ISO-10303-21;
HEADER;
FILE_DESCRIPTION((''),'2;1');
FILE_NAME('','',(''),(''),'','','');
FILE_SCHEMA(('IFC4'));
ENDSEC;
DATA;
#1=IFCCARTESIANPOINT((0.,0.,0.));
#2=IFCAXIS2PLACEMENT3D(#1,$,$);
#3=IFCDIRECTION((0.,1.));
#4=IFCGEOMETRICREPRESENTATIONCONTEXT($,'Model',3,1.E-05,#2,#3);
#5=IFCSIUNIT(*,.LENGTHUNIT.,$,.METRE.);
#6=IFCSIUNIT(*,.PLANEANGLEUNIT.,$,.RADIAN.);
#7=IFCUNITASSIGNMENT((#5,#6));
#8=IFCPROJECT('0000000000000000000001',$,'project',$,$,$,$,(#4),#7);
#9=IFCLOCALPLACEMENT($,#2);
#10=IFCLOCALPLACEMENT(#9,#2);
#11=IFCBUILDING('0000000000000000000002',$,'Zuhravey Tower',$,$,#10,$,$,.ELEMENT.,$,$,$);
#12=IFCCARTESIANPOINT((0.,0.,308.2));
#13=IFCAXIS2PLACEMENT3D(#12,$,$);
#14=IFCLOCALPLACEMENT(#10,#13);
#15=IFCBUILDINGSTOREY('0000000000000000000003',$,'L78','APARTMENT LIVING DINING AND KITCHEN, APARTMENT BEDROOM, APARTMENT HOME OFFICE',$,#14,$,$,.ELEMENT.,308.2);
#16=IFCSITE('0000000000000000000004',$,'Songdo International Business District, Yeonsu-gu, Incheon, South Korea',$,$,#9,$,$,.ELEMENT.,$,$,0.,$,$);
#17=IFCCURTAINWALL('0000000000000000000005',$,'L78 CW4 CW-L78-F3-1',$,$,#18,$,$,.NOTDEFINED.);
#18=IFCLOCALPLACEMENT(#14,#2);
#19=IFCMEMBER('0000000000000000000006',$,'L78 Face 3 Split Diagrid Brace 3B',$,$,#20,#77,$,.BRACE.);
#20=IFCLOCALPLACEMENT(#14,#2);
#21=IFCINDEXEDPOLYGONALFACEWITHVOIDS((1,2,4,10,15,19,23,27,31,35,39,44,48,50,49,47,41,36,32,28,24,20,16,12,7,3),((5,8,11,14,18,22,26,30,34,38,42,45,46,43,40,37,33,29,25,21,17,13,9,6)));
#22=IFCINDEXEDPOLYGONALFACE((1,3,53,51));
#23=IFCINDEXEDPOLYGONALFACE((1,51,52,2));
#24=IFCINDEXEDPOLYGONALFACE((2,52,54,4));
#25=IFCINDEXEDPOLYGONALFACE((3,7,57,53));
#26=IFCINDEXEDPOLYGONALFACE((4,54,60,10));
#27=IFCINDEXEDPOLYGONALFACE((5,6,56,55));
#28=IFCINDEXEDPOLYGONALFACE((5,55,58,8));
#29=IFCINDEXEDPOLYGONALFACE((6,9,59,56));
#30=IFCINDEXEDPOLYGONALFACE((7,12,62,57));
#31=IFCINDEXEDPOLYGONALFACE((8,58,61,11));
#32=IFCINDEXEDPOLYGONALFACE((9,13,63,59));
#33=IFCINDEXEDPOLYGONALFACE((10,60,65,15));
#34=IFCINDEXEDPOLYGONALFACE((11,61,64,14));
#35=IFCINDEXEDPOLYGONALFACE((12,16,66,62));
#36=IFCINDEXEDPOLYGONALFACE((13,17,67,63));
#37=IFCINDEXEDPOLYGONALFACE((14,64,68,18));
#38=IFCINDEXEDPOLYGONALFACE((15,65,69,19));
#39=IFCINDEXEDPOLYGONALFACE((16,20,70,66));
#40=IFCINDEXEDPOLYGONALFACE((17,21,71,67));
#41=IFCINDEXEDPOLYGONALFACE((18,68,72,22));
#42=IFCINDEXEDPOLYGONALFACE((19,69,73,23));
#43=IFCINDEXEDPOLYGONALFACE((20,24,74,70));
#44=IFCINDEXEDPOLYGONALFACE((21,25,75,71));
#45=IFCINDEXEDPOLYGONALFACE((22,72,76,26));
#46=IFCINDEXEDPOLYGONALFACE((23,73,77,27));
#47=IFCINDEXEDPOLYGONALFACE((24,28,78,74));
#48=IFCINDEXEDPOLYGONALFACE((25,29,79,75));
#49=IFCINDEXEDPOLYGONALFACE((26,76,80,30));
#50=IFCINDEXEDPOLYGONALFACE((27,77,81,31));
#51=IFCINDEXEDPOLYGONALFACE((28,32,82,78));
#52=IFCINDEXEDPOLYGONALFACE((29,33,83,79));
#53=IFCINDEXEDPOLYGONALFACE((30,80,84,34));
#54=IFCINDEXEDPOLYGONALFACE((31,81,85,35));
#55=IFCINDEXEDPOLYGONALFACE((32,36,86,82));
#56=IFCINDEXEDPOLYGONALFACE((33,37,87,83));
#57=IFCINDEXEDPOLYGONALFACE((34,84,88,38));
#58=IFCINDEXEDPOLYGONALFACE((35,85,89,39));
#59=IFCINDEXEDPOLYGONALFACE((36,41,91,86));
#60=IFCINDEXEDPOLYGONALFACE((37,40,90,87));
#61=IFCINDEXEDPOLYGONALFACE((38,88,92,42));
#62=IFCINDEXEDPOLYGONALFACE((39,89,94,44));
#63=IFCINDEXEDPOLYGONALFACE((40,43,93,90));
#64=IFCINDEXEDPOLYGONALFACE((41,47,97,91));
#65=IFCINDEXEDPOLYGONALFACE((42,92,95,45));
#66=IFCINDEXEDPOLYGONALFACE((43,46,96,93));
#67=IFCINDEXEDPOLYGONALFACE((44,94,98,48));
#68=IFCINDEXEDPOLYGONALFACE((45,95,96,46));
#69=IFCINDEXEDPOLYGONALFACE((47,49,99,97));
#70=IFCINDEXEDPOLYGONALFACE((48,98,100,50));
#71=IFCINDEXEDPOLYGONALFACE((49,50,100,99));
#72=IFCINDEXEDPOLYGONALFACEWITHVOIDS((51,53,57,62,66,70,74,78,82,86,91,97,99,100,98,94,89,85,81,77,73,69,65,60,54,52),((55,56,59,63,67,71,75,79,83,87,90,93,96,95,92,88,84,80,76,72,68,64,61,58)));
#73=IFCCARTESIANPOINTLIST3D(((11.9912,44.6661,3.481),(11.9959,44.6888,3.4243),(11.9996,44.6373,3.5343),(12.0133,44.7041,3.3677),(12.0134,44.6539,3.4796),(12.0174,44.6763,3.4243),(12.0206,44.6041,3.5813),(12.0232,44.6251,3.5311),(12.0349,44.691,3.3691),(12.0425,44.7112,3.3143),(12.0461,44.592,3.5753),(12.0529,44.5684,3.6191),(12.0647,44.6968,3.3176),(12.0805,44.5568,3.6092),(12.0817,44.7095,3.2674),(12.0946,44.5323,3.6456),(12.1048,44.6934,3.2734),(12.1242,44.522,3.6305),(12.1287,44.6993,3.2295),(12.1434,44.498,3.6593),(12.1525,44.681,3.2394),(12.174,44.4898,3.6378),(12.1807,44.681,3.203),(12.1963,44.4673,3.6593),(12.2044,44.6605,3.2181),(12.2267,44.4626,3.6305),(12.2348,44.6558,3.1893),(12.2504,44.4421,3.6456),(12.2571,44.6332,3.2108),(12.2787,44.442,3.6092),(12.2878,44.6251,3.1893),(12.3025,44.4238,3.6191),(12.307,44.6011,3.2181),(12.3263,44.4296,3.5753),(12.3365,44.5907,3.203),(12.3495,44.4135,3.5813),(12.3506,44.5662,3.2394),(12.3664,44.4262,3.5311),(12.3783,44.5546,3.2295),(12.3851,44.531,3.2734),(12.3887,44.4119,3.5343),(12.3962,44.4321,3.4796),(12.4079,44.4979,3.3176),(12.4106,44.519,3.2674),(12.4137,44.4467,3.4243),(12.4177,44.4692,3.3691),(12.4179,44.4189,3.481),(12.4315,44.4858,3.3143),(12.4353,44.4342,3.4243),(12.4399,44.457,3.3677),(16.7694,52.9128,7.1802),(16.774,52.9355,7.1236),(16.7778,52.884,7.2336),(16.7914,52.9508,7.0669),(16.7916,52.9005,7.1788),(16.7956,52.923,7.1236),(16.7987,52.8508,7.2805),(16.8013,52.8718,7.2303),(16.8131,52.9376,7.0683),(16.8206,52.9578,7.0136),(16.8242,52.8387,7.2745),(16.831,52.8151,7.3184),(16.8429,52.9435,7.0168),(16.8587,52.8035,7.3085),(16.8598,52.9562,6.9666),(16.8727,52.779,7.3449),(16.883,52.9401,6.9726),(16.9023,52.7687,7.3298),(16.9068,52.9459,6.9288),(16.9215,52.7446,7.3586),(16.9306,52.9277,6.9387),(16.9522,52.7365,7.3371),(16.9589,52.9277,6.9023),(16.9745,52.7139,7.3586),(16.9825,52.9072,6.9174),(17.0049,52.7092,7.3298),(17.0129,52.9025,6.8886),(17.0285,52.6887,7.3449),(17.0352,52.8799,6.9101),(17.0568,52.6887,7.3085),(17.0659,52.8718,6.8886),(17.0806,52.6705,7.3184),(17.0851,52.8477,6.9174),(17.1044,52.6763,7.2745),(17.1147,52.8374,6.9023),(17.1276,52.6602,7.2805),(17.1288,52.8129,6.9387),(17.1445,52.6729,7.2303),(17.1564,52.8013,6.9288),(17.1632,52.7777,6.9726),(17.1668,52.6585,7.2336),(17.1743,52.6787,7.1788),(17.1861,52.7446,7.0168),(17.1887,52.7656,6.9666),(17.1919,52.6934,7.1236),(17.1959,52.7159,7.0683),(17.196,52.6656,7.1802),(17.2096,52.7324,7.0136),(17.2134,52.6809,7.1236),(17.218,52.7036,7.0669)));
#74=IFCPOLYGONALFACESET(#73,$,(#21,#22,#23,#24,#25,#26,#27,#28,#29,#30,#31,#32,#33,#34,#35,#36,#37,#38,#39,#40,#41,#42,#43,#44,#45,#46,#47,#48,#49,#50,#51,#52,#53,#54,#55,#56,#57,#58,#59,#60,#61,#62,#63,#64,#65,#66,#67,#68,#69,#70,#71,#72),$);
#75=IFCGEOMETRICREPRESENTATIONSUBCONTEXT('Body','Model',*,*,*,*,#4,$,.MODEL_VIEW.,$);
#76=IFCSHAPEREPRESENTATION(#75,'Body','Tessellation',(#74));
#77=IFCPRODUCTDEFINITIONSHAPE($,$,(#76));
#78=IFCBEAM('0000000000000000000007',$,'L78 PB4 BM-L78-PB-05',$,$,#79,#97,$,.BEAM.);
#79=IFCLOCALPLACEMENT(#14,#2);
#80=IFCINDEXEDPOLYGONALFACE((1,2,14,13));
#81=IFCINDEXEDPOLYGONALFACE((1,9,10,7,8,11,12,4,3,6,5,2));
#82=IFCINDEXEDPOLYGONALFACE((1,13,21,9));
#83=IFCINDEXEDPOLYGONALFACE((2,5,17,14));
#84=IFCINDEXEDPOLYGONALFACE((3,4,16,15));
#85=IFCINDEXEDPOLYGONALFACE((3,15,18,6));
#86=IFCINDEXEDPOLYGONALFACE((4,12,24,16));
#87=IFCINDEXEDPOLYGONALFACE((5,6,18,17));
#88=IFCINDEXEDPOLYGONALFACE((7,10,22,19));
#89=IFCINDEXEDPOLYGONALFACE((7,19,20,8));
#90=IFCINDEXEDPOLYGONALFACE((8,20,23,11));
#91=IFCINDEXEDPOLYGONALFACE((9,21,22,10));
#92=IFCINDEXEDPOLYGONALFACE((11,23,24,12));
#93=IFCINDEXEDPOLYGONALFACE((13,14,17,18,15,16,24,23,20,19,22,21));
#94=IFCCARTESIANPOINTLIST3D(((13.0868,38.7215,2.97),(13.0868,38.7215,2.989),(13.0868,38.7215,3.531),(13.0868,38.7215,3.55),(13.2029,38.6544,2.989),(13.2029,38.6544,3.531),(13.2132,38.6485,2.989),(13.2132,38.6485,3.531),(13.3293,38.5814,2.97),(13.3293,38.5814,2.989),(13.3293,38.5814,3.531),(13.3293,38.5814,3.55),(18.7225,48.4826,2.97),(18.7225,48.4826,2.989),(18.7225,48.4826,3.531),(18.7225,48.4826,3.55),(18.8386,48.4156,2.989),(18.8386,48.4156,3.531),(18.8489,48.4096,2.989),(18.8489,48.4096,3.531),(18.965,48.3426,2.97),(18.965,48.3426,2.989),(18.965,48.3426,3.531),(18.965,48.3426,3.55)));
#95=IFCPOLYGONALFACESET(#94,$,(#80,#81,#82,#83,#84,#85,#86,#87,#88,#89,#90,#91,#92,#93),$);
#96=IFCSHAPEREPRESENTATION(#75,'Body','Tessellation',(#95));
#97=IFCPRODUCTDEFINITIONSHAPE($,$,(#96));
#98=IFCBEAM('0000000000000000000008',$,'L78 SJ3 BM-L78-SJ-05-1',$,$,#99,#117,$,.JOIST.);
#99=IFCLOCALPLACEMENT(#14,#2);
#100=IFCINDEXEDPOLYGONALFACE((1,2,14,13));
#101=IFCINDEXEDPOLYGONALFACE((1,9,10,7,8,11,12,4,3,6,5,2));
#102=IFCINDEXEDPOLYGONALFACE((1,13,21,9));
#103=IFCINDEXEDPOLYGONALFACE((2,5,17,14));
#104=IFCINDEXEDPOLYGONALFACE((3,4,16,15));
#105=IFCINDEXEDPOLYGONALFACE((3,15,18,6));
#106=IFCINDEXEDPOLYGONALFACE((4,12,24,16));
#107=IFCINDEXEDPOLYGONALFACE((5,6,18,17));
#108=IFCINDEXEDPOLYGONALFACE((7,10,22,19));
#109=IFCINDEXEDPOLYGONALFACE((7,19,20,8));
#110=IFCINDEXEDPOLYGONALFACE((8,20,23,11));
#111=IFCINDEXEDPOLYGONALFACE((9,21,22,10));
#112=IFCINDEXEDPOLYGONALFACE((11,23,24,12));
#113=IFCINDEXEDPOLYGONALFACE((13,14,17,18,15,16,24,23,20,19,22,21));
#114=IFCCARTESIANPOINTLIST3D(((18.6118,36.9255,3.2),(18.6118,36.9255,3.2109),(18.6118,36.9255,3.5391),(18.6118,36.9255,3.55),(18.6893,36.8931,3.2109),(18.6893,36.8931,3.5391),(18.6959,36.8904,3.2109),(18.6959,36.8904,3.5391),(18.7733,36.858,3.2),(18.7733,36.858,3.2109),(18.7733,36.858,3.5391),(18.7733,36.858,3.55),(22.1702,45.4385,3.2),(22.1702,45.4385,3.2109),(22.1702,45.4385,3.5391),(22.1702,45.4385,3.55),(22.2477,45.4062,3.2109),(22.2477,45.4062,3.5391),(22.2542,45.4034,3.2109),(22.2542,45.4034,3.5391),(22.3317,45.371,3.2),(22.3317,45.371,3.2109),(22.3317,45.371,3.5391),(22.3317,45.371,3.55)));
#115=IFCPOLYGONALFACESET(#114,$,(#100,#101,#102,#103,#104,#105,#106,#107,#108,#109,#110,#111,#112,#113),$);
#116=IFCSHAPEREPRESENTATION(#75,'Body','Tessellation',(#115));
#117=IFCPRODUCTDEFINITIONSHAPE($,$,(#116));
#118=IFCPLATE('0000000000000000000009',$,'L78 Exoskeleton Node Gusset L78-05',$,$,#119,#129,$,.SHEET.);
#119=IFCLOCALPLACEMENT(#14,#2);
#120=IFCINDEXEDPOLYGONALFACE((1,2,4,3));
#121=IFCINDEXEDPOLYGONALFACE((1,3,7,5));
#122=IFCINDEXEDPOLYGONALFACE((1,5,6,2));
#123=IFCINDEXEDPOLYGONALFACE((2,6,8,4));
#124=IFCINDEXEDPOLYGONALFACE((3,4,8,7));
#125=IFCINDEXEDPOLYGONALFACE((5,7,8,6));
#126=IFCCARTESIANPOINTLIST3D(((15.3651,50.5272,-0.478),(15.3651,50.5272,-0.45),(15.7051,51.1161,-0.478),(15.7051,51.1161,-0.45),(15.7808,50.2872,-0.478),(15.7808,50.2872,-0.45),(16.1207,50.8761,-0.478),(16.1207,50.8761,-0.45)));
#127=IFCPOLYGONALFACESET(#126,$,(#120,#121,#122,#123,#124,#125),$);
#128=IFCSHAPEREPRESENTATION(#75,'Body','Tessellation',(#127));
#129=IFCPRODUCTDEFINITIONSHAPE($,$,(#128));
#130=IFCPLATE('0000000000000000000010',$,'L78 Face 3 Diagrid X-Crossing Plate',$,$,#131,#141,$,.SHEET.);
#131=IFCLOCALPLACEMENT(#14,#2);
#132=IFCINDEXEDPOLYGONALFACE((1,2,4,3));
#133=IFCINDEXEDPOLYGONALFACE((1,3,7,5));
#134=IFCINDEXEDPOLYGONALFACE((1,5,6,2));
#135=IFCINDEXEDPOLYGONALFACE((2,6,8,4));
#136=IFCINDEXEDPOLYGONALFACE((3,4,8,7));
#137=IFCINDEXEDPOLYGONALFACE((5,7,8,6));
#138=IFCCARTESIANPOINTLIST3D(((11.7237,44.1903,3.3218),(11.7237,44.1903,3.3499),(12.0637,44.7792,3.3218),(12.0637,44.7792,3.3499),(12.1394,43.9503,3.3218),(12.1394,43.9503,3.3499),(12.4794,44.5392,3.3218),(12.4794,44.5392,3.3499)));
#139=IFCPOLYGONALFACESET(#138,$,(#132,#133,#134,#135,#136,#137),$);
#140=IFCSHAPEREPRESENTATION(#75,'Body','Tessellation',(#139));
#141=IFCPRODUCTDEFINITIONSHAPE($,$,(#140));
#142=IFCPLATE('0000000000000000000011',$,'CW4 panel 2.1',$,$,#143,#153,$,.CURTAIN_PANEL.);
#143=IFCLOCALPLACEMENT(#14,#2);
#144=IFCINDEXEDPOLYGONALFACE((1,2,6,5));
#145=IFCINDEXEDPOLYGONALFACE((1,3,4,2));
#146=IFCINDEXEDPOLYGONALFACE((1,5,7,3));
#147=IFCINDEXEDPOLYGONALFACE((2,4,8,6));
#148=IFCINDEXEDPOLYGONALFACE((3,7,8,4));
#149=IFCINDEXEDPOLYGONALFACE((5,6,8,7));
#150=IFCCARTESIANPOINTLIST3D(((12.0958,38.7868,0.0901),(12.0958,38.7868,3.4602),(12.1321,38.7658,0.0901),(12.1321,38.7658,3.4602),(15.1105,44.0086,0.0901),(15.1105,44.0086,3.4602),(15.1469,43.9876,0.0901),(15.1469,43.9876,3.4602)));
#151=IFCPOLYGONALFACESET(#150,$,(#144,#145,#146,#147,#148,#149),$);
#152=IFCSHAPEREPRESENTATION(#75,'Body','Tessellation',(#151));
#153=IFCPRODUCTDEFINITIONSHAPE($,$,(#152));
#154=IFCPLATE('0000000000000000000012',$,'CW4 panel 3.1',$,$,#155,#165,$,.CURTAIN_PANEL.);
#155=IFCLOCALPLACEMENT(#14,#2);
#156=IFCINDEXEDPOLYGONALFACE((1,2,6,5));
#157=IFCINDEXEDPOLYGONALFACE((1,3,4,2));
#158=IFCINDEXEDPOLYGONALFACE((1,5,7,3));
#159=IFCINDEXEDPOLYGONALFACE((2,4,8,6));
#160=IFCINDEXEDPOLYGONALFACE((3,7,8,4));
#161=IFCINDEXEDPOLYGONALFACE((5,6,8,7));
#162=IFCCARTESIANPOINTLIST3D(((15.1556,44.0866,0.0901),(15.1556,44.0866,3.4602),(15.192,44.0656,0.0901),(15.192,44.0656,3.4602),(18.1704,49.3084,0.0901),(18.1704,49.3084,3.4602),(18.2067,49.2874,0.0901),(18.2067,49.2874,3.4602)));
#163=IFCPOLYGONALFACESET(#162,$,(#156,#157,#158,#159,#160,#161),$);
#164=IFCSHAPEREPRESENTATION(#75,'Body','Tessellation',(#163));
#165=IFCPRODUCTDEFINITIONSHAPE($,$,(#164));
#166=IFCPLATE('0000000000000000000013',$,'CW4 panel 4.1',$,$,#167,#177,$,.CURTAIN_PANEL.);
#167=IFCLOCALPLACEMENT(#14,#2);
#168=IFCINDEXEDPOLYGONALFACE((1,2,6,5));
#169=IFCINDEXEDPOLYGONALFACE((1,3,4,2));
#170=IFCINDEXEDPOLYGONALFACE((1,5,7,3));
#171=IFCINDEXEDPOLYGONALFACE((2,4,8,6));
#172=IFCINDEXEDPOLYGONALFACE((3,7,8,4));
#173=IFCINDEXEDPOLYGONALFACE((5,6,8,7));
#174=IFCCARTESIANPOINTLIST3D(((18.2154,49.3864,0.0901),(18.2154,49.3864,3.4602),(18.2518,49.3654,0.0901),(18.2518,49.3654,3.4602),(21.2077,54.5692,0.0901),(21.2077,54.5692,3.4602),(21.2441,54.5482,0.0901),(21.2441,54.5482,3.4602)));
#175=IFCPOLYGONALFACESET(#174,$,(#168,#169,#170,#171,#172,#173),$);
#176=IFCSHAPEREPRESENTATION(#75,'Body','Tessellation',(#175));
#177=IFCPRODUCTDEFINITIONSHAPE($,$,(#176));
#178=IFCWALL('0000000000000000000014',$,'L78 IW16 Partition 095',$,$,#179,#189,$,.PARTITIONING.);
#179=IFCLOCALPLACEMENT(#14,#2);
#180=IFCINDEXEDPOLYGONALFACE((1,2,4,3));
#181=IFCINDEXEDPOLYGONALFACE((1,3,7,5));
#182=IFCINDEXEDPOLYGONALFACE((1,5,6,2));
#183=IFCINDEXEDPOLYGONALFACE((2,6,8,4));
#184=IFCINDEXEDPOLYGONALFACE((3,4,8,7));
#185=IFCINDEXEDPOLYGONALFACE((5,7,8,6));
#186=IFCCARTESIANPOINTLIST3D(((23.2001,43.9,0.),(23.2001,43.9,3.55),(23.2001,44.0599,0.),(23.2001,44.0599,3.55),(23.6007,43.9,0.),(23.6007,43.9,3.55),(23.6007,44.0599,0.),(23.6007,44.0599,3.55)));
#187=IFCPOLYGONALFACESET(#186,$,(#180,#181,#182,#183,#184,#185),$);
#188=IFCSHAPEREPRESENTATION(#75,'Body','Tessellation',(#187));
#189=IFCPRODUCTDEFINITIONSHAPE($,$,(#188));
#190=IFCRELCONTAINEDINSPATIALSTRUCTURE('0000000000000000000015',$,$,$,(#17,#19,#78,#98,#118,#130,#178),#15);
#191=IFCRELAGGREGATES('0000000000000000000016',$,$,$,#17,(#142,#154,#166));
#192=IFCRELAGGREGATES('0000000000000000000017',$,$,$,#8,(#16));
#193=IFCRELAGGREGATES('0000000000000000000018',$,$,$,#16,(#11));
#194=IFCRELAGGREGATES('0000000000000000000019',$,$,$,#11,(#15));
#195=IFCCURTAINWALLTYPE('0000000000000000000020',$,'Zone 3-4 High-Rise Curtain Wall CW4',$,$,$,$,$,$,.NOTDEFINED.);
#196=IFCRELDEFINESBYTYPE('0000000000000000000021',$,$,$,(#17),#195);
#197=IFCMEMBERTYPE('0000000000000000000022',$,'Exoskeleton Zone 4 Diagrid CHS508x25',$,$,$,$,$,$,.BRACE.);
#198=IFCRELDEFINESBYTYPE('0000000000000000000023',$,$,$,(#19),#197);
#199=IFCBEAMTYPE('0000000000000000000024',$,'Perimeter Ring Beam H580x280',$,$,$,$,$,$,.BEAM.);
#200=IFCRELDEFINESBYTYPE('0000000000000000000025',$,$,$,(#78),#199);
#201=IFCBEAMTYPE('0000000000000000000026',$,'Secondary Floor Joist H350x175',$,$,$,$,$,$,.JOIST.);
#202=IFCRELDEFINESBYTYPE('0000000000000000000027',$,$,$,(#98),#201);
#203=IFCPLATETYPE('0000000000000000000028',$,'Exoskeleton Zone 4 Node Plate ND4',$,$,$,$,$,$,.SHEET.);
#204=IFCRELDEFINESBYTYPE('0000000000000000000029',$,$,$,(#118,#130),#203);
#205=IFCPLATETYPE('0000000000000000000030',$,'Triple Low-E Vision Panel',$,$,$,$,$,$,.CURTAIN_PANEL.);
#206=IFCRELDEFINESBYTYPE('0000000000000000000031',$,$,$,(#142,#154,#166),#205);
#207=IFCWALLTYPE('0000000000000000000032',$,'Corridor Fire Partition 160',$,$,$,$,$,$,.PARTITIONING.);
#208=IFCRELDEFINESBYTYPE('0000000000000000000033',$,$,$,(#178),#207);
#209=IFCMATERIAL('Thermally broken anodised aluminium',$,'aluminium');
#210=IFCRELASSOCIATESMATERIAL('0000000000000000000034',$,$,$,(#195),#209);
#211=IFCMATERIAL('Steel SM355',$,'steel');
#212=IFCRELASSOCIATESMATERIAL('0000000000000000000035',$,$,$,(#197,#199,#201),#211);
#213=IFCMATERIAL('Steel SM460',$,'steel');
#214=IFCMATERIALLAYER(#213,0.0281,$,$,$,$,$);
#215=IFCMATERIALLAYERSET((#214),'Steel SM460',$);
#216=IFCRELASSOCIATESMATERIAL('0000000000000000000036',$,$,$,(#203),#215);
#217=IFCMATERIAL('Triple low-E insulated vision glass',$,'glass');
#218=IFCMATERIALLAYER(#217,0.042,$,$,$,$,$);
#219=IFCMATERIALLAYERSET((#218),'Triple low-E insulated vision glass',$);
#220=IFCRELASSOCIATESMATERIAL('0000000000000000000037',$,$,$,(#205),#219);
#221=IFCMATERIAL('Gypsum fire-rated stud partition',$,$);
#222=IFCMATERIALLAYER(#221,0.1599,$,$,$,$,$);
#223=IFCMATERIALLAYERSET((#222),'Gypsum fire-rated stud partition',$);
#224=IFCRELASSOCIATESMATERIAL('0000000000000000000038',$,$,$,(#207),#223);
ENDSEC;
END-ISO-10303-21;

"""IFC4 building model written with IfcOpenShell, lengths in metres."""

from ifc_helpers import new_model, si_unit, direction, frame, frame_2d, origin, origin_2d, place, context, subcontext, project, spatial, rectangle, hollow_circle, i_section, extrude, material, layer, layer_set, material_profile, profile_set, type_object, element, aggregate, save


model = new_model("IFC4")

# Units and contexts
model_context = context("Model", 3, precision=1e-05, world=origin(), true_north=direction((0.0, 1.0)))
body_context = subcontext(model_context, "Body", "Model", "MODEL_VIEW")
ifc_project = project(units=[si_unit("LENGTHUNIT", "METRE"), si_unit("PLANEANGLEUNIT", "RADIAN")], contexts=[model_context])

# Site, building, storey
site_placement = place(None, origin())
site = spatial("IfcSite", under=ifc_project, at=site_placement, Name="Songdo International Business District, Yeonsu-gu, Incheon, South Korea", CompositionType="ELEMENT", RefElevation=0.0)
building_placement = place(site_placement, origin())
building = spatial("IfcBuilding", under=site, at=building_placement, Name="Zuhravey Tower", CompositionType="ELEMENT")
storey_placement = place(building_placement, frame((0.0, 0.0, 308.2)))
storey = spatial("IfcBuildingStorey", under=building, at=storey_placement, Name="L78", Description="APARTMENT LIVING DINING AND KITCHEN, APARTMENT BEDROOM, APARTMENT HOME OFFICE", CompositionType="ELEMENT", Elevation=308.2)

# Curtain wall
ifc_material_1 = material(Name="Thermally broken anodised aluminium", Category="aluminium")
curtain_wall_type = type_object("IfcCurtainWallType", Name="Zone 3-4 High-Rise Curtain Wall CW4", PredefinedType="NOTDEFINED", material=ifc_material_1)
curtain_wall_placement = place(storey_placement, origin())
curtain_wall = element("IfcCurtainWall", 1, at=curtain_wall_placement, inside=storey, type_object=curtain_wall_type, Name="L78 CW4 CW-L78-F3-1", PredefinedType="NOTDEFINED")

# Member
ifc_material_2 = material(Name="Steel SM355", Category="steel")
ifc_material_profile_1 = material_profile(ifc_material_2, hollow_circle(Radius=0.2539, WallThickness=0.0249, at=origin_2d()), Name="CHS-508.0x25")
ifc_profile_set_1 = profile_set([ifc_material_profile_1], Name="Steel SM355")
member_type_1 = type_object("IfcMemberType", Name="Exoskeleton Zone 4 Diagrid CHS508x25", PredefinedType="BRACE", material=ifc_profile_set_1)
member_1_placement = place(storey_placement, frame((12.2156, 44.5615, 3.4243), z_axis=(0.467361, 0.806629, 0.361834), x_axis=(-0.865256, 0.50133, 0.0)))
element("IfcMember", 2, at=member_1_placement, inside=storey, type_object=member_type_1, Name="L78 Face 3 Split Diagrid Brace 3B", PredefinedType="BRACE", context=body_context, shape_type="SweptSolid", body=[
    extrude(hollow_circle(Radius=0.2539, WallThickness=0.0249, at=origin_2d()), origin(), (0.0, 0.0, 1.0), 10.2236),
])

# Beams
ifc_material_profile_2 = material_profile(ifc_material_2, i_section(OverallWidth=0.28, OverallDepth=0.5801, WebThickness=0.012, FlangeThickness=0.019, at=origin_2d()), Name="H-580x280x12x19")
ifc_profile_set_2 = profile_set([ifc_material_profile_2], Name="Steel SM355")
beam_type_1 = type_object("IfcBeamType", Name="Perimeter Ring Beam H580x280", PredefinedType="BEAM", material=ifc_profile_set_2)
beam_1_placement = place(storey_placement, frame((18.8438, 48.4126, 3.26), z_axis=(-0.500006, -0.866022, 0.0), x_axis=(0.866022, -0.500006, 0.0)))
element("IfcBeam", 3, at=beam_1_placement, inside=storey, type_object=beam_type_1, Name="L78 PB4 BM-L78-PB-05", PredefinedType="BEAM", context=body_context, shape_type="SweptSolid", body=[
    extrude(i_section(OverallWidth=0.28, OverallDepth=0.5801, WebThickness=0.012, FlangeThickness=0.019, at=origin_2d()), origin(), (0.0, 0.0, 1.0), 11.2712),
])
ifc_material_profile_3 = material_profile(ifc_material_2, i_section(OverallWidth=0.175, OverallDepth=0.3501, WebThickness=0.0071, FlangeThickness=0.011, at=origin_2d()), Name="H-350x175x7x11")
ifc_profile_set_3 = profile_set([ifc_material_profile_3], Name="Steel SM355")
beam_type_2 = type_object("IfcBeamType", Name="Secondary Floor Joist H350x175", PredefinedType="JOIST", material=ifc_profile_set_3)
beam_2_placement = place(storey_placement, frame((22.251, 45.4048, 3.375), z_axis=(-0.385658, -0.922642, 0.0), x_axis=(0.922642, -0.385658, 0.0)))
element("IfcBeam", 4, at=beam_2_placement, inside=storey, type_object=beam_type_2, Name="L78 SJ3 BM-L78-SJ-05-1", PredefinedType="JOIST", context=body_context, shape_type="SweptSolid", body=[
    extrude(i_section(OverallWidth=0.175, OverallDepth=0.3501, WebThickness=0.0071, FlangeThickness=0.011, at=origin_2d()), origin(), (0.0, 0.0, 1.0), 9.2268),
])

# Plates
ifc_material_3 = material(Name="Steel SM460", Category="steel")
ifc_layer_1 = layer(ifc_material_3, 0.0281)
ifc_layer_set_1 = layer_set([ifc_layer_1], Name="Steel SM460")
plate_type_1 = type_object("IfcPlateType", Name="Exoskeleton Zone 4 Node Plate ND4", PredefinedType="SHEET", material=ifc_layer_set_1)
for number, where, z_axis, x_axis, name in (
    (5, (15.7429, 50.7017, -0.478), (0.0, 0.0, 1.0), (-0.5, -0.866025, 0.0), "L78 Exoskeleton Node Gusset L78-05"),
    (6, (12.1016, 44.3647, 3.3218), (0.0, 0.0, 1.0), (-0.5, -0.866025, 0.0), "L78 Face 3 Diagrid X-Crossing Plate"),
):
    element("IfcPlate", number, at=place(storey_placement, frame(where, z_axis=z_axis, x_axis=x_axis)), inside=storey, type_object=plate_type_1, Name=name, PredefinedType="SHEET", context=body_context, shape_type="SweptSolid", body=[
        extrude(rectangle(XDim=0.6799, YDim=0.48, at=origin_2d()), origin(), (0.0, 0.0, 1.0), 0.0281),
    ])

# Plates
ifc_material_4 = material(Name="Triple low-E insulated vision glass", Category="glass")
ifc_layer_2 = layer(ifc_material_4, 0.042)
ifc_layer_set_2 = layer_set([ifc_layer_2], Name="Triple low-E insulated vision glass")
plate_type_2 = type_object("IfcPlateType", Name="Triple Low-E Vision Panel", PredefinedType="CURTAIN_PANEL", material=ifc_layer_set_2)
plate_1_placement = place(storey_placement, frame((13.6213, 41.3872, 0.0901), z_axis=(0.0, 0.0, 1.0), x_axis=(0.5, 0.866026, 0.0)))
plate_1 = element("IfcPlate", 7, at=plate_1_placement, type_object=plate_type_2, Name="CW4 panel 2.1", PredefinedType="CURTAIN_PANEL", context=body_context, shape_type="SweptSolid", body=[
    extrude(rectangle(XDim=6.0295, YDim=0.042, at=origin_2d()), origin(), (0.0, 0.0, 1.0), 3.3701),
])
plate_2_placement = place(storey_placement, frame((16.6812, 46.687, 0.0901), z_axis=(0.0, 0.0, 1.0), x_axis=(0.5, 0.866026, 0.0)))
plate_2 = element("IfcPlate", 8, at=plate_2_placement, type_object=plate_type_2, Name="CW4 panel 3.1", PredefinedType="CURTAIN_PANEL", context=body_context, shape_type="SweptSolid", body=[
    extrude(rectangle(XDim=6.0295, YDim=0.042, at=origin_2d()), origin(), (0.0, 0.0, 1.0), 3.3701),
])
plate_3_placement = place(storey_placement, frame((19.7297, 51.9673, 0.0901), z_axis=(0.0, 0.0, 1.0), x_axis=(0.5, 0.866026, 0.0)))
plate_3 = element("IfcPlate", 9, at=plate_3_placement, type_object=plate_type_2, Name="CW4 panel 4.1", PredefinedType="CURTAIN_PANEL", context=body_context, shape_type="SweptSolid", body=[
    extrude(rectangle(XDim=5.9846, YDim=0.042, at=origin_2d()), origin(), (0.0, 0.0, 1.0), 3.3701),
])
aggregate(curtain_wall, [plate_1, plate_2, plate_3])

# Wall
ifc_material_5 = material(Name="Gypsum fire-rated stud partition")
ifc_layer_3 = layer(ifc_material_5, 0.1599)
ifc_layer_set_3 = layer_set([ifc_layer_3], Name="Gypsum fire-rated stud partition")
wall_type_1 = type_object("IfcWallType", Name="Corridor Fire Partition 160", PredefinedType="PARTITIONING", material=ifc_layer_set_3)
wall_1_placement = place(storey_placement, frame((23.6006, 43.98, 0.0), z_axis=(0.0, 0.0, 1.0), x_axis=(-1.0, 0.0, 0.0)))
element("IfcWall", 10, at=wall_1_placement, inside=storey, type_object=wall_type_1, Name="L78 IW16 Partition 095", PredefinedType="PARTITIONING", context=body_context, shape_type="SweptSolid", body=[
    extrude(rectangle(XDim=0.4006, YDim=0.1599, at=frame_2d((0.2002, 0.0))), origin(), (0.0, 0.0, 1.0), 3.55),
])

save(model, "model.ifc")
